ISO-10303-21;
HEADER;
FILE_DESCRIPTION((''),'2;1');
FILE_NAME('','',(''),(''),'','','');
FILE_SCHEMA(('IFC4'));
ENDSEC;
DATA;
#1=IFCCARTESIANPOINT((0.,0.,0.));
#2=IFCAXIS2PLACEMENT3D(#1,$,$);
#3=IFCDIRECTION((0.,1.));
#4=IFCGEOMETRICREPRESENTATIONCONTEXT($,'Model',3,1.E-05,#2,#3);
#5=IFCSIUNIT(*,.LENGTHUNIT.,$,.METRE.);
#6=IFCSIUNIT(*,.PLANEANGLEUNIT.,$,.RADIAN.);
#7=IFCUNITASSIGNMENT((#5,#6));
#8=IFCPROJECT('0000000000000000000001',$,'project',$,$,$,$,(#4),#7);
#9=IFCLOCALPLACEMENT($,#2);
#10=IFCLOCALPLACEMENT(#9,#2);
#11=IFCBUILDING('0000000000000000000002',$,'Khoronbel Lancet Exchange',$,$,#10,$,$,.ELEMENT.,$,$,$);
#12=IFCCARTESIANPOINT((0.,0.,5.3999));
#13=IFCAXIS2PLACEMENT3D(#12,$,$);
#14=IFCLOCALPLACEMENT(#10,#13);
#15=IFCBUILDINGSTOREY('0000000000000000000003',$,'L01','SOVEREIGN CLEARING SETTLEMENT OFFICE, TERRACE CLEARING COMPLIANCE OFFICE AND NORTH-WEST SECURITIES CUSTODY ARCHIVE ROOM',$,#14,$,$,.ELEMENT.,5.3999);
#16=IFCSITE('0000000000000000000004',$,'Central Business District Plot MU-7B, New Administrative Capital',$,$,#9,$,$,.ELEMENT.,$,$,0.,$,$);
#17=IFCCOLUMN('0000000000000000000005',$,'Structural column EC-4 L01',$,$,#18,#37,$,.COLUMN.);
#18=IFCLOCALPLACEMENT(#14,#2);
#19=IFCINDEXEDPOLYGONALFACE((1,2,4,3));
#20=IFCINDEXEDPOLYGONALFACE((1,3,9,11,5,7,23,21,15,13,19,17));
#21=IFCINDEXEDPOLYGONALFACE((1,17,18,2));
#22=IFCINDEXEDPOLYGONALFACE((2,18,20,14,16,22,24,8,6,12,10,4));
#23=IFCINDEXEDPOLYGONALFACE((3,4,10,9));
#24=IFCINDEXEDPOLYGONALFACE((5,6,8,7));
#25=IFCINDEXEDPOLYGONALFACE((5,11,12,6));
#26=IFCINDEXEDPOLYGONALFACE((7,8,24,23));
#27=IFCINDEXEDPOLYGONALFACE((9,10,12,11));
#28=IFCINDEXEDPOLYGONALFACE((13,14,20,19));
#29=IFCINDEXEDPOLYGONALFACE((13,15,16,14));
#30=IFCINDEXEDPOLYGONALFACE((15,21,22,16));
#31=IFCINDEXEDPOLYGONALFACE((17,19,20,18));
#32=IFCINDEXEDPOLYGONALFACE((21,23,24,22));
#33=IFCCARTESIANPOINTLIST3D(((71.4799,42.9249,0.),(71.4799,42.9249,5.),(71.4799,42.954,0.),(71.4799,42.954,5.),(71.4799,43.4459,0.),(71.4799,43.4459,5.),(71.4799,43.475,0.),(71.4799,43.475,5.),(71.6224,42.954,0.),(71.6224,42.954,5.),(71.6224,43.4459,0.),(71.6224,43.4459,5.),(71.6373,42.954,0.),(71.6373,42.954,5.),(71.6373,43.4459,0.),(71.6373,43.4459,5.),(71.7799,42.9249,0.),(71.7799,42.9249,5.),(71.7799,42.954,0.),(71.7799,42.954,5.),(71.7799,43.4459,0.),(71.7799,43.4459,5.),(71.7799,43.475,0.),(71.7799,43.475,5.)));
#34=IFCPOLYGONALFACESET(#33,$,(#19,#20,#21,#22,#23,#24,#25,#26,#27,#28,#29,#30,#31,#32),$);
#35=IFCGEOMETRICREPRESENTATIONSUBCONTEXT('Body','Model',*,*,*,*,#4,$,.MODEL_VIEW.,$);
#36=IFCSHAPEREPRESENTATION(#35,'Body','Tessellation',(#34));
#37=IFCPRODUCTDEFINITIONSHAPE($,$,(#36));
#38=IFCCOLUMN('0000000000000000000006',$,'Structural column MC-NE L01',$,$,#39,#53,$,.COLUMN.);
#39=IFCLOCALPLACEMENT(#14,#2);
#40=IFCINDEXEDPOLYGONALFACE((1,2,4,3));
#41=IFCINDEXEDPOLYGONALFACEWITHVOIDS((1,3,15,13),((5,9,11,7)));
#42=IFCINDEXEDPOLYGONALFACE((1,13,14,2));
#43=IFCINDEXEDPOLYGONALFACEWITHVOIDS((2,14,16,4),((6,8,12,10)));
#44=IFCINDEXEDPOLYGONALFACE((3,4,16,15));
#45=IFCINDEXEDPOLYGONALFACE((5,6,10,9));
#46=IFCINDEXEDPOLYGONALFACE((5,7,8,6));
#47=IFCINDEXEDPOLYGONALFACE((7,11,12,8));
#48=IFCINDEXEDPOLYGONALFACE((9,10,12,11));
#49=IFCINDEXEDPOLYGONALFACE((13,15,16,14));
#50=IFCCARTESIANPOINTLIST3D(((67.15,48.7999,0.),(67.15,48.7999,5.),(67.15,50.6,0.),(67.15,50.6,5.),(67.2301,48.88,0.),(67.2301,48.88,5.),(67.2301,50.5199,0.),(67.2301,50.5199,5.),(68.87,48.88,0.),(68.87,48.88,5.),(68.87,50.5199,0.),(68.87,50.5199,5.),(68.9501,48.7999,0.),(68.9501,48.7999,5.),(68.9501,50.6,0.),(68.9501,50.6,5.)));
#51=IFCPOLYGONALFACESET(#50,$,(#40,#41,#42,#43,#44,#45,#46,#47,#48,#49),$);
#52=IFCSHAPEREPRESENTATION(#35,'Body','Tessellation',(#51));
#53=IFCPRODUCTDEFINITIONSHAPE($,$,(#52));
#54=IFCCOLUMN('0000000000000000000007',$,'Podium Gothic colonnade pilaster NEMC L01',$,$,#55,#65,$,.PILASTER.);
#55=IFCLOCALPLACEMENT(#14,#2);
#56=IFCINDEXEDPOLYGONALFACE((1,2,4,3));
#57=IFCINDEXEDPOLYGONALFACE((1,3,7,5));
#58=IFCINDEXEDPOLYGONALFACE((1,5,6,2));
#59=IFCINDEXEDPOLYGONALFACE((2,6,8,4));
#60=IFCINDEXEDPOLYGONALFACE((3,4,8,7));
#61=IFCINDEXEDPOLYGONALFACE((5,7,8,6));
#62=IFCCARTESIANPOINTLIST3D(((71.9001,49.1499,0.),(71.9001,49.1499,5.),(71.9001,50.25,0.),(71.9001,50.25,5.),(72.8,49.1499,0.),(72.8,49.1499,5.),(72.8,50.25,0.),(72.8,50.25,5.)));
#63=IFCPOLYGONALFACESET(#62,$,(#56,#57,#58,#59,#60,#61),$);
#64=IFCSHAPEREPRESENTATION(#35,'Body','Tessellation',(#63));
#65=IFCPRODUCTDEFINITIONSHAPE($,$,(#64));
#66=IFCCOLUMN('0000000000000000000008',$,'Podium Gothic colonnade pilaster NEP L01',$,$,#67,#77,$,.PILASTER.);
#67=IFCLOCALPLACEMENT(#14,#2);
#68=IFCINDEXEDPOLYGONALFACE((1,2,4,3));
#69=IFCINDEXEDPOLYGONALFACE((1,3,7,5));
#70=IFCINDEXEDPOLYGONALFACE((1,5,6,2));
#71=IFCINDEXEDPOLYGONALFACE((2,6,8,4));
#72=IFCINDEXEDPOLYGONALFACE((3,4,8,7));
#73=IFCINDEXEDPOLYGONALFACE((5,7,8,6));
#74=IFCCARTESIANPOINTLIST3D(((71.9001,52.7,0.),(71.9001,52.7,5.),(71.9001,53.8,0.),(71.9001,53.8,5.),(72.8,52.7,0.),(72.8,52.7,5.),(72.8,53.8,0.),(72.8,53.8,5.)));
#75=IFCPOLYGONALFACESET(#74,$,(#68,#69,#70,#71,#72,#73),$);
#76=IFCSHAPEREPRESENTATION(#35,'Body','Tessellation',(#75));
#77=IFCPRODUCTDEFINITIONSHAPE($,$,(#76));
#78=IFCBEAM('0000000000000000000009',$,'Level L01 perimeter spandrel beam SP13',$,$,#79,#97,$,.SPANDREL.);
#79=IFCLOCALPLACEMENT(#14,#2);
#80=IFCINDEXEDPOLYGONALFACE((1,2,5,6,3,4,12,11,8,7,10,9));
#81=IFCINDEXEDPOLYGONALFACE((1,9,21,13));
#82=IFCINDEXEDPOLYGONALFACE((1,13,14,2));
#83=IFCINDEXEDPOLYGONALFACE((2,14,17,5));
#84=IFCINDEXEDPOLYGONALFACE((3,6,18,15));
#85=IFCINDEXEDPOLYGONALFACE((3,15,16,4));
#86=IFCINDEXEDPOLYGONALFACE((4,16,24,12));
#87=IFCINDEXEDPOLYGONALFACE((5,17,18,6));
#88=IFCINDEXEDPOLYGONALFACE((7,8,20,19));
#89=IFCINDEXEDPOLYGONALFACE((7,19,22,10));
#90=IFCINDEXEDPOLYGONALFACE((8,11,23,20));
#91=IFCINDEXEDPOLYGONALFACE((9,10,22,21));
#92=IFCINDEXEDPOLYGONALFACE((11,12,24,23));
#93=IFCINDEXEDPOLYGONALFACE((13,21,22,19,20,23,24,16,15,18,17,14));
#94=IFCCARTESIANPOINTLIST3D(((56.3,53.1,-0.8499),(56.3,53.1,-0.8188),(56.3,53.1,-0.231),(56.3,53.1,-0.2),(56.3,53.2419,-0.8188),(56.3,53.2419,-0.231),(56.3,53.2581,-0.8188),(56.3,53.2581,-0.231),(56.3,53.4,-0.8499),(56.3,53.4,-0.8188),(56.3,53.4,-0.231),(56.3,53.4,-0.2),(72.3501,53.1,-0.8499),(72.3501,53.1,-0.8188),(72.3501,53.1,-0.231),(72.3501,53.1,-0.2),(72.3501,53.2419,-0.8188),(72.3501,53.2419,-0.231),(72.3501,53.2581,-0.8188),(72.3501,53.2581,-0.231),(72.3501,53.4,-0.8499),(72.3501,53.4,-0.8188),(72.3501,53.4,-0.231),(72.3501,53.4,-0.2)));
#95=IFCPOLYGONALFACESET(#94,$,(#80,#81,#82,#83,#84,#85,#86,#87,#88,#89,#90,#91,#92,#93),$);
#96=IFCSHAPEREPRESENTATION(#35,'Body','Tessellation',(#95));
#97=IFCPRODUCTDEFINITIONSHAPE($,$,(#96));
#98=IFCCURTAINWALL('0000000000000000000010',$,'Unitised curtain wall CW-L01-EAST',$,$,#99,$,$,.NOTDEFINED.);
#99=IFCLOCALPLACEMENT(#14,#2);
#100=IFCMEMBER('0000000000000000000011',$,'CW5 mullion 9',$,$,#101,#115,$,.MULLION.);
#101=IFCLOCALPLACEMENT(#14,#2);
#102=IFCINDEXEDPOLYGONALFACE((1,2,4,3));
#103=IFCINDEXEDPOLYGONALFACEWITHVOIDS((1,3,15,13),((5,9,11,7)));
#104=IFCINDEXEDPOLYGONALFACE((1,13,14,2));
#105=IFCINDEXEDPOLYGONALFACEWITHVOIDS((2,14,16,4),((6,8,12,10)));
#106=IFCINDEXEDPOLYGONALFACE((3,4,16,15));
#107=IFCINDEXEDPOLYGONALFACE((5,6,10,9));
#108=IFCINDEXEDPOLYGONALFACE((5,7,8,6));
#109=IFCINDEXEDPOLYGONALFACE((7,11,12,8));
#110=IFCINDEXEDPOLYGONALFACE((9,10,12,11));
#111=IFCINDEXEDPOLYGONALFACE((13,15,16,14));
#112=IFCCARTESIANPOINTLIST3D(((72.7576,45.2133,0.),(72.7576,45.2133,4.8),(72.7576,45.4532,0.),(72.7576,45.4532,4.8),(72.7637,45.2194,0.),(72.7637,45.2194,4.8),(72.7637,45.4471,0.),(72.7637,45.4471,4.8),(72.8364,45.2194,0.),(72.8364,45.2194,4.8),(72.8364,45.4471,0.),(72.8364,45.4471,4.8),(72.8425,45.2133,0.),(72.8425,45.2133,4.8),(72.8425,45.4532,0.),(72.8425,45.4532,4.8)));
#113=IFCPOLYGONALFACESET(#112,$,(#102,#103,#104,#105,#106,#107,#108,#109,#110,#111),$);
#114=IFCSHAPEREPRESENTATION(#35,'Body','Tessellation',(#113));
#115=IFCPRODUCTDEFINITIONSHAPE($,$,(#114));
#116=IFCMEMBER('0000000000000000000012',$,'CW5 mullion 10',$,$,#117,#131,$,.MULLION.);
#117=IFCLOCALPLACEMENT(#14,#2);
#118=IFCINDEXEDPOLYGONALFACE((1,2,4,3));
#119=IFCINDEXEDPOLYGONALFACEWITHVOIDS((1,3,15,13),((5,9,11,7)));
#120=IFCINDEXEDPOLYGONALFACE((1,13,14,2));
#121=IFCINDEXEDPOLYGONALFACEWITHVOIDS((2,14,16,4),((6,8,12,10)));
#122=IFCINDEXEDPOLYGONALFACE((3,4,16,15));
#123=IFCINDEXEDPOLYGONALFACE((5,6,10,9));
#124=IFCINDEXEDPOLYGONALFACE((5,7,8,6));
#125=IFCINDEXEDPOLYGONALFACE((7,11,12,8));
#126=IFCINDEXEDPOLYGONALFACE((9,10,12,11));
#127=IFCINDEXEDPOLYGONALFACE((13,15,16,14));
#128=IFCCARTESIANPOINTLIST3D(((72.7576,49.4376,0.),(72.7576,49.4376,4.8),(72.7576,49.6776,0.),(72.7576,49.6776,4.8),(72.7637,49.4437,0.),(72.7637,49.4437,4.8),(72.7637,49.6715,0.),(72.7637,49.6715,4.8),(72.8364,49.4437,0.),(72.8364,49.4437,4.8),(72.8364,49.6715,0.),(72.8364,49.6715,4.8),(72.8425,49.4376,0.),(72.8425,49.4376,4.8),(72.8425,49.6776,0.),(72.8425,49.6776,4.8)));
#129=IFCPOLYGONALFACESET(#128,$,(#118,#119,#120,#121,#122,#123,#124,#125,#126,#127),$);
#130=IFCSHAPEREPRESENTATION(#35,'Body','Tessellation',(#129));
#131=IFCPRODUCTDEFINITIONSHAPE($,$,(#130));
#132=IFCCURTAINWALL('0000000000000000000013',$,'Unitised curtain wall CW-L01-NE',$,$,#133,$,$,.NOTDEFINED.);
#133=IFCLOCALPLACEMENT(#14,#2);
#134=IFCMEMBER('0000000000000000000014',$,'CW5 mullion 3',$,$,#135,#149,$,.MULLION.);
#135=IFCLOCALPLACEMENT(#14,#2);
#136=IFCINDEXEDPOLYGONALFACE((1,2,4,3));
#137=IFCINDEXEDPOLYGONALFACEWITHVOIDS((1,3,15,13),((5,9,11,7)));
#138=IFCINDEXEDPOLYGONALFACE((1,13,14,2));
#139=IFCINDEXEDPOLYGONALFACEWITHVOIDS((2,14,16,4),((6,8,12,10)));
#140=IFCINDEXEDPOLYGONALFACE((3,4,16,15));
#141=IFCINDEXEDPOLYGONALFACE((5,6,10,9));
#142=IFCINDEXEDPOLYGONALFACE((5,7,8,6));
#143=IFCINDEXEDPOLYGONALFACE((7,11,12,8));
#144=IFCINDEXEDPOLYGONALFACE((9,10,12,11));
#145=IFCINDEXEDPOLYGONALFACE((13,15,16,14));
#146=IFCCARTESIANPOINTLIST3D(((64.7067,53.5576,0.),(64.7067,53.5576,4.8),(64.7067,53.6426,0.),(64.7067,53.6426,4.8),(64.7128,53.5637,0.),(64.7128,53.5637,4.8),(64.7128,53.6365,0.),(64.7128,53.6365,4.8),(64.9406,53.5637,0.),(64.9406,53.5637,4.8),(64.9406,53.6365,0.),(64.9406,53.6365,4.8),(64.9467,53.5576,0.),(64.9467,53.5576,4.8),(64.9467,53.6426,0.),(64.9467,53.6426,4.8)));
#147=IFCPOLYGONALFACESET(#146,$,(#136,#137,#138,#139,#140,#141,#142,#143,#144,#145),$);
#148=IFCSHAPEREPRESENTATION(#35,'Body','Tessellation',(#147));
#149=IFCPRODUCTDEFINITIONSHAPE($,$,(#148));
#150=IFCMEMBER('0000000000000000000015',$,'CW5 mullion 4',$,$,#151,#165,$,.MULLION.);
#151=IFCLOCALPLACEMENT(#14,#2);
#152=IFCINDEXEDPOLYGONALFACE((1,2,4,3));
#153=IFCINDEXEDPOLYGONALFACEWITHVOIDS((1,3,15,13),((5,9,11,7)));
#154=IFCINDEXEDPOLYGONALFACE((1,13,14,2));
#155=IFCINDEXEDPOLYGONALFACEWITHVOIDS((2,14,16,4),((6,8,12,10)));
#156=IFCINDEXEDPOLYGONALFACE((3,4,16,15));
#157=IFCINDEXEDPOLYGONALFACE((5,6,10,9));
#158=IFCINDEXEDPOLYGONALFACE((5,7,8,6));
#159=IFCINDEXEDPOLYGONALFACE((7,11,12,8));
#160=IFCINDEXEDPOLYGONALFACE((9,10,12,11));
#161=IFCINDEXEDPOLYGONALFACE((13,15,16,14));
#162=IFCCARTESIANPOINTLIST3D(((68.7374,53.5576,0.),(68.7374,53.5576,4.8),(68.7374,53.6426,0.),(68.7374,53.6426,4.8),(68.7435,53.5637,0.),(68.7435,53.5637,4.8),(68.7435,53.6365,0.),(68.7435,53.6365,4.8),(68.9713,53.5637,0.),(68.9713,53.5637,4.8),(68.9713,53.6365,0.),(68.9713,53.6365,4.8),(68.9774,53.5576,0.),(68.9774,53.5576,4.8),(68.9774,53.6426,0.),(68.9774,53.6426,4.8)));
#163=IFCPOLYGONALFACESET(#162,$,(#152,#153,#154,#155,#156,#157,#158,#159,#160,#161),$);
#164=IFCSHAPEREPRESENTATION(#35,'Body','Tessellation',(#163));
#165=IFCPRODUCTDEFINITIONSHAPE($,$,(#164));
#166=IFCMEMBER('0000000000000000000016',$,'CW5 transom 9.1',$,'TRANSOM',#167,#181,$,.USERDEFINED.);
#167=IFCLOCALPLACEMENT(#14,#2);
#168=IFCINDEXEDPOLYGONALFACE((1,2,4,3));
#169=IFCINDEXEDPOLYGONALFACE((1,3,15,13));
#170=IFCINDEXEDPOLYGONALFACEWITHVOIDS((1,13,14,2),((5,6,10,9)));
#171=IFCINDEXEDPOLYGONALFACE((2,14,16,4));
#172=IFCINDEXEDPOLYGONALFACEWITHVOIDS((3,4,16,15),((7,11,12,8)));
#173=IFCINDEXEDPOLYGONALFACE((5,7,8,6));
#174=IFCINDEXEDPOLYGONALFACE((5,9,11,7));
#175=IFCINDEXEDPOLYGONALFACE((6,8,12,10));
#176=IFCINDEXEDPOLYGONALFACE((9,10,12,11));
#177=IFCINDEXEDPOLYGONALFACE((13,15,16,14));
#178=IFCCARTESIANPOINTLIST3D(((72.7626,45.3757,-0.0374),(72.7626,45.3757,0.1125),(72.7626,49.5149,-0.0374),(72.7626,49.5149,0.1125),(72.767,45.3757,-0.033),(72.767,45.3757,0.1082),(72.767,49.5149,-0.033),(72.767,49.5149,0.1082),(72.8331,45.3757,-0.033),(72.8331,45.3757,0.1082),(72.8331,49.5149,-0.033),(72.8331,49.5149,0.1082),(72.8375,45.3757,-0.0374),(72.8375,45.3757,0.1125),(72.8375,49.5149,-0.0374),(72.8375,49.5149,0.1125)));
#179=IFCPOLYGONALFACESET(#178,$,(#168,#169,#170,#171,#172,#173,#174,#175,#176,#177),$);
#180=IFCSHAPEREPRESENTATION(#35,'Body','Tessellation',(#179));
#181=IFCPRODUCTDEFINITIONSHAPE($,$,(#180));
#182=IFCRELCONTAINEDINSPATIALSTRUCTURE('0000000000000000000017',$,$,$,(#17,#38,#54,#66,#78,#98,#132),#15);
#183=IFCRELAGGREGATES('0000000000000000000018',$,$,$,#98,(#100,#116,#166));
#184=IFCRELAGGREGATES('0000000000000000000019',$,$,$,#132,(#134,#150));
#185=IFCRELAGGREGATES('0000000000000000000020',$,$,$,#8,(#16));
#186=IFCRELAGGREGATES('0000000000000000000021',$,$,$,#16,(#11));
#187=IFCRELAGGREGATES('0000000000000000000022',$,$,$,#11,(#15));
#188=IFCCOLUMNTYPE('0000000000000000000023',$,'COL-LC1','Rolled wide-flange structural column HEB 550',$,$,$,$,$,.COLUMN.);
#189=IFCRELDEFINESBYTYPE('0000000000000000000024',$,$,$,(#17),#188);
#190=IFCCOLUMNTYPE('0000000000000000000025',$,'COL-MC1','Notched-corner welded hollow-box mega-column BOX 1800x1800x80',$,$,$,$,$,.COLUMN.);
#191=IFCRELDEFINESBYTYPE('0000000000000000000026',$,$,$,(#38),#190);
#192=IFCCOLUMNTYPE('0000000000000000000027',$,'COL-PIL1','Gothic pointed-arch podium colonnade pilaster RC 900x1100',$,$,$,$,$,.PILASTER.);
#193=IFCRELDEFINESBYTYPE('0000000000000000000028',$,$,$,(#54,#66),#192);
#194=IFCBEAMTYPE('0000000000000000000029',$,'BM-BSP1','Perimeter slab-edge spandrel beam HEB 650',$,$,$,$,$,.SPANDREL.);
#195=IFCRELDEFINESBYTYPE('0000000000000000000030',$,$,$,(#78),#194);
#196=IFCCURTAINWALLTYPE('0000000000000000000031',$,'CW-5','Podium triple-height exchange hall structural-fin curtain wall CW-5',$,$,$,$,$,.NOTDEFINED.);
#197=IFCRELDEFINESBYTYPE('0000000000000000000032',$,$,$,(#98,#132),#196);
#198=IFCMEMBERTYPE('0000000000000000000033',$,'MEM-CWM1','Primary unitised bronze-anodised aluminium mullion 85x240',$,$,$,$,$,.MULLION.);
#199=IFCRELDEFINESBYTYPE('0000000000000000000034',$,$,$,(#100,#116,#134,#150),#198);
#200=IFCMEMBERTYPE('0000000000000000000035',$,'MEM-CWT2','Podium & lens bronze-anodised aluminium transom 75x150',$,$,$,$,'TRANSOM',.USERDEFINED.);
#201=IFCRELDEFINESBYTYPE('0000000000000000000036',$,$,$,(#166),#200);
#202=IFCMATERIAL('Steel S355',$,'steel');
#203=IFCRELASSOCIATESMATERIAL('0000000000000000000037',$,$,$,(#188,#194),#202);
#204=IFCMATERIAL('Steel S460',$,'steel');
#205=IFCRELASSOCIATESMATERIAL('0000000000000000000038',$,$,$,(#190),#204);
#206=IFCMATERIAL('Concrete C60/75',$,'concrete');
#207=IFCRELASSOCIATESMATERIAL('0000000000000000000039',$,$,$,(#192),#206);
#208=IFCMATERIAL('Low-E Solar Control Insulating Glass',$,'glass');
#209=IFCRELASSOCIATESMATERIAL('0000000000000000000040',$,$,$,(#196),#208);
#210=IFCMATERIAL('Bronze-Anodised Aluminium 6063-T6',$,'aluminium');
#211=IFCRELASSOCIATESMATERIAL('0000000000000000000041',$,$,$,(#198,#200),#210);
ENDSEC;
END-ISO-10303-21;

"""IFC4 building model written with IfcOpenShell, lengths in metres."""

from ifc_helpers import new_model, si_unit, direction, frame, origin, origin_2d, place, context, subcontext, project, spatial, rectangle, hollow_rectangle, i_section, extrude, material, material_profile, profile_set, type_object, element, aggregate, save


model = new_model("IFC4")

# Units and contexts
model_context = context("Model", 3, precision=1e-05, world=origin(), true_north=direction((0.0, 1.0)))
body_context = subcontext(model_context, "Body", "Model", "MODEL_VIEW")
ifc_project = project(units=[si_unit("LENGTHUNIT", "METRE"), si_unit("PLANEANGLEUNIT", "RADIAN")], contexts=[model_context])

# Site, building, storey
site_placement = place(None, origin())
site = spatial("IfcSite", under=ifc_project, at=site_placement, Name="Central Business District Plot MU-7B, New Administrative Capital", CompositionType="ELEMENT", RefElevation=0.0)
building_placement = place(site_placement, origin())
building = spatial("IfcBuilding", under=site, at=building_placement, Name="Khoronbel Lancet Exchange", CompositionType="ELEMENT")
storey_placement = place(building_placement, frame((0.0, 0.0, 5.3999)))
storey = spatial("IfcBuildingStorey", under=building, at=storey_placement, Name="L01", Description="SOVEREIGN CLEARING SETTLEMENT OFFICE, TERRACE CLEARING COMPLIANCE OFFICE AND NORTH-WEST SECURITIES CUSTODY ARCHIVE ROOM", CompositionType="ELEMENT", Elevation=5.3999)

# Columns
ifc_material_1 = material(Name="Steel S355", Category="steel")
ifc_material_profile_1 = material_profile(ifc_material_1, i_section(OverallWidth=0.3, OverallDepth=0.55, WebThickness=0.0149, FlangeThickness=0.0291, at=origin_2d()), Name="HEB 550")
ifc_profile_set_1 = profile_set([ifc_material_profile_1], Name="Steel S355")
column_type_1 = type_object("IfcColumnType", Name="COL-LC1", Description="Rolled wide-flange structural column HEB 550", PredefinedType="COLUMN", material=ifc_profile_set_1)
column_1_placement = place(storey_placement, frame((71.6299, 43.2, 0.0), z_axis=(0.0, 0.0, 1.0), x_axis=(1.0, 0.0, 0.0)))
element("IfcColumn", 1, at=column_1_placement, inside=storey, type_object=column_type_1, Name="Structural column EC-4 L01", PredefinedType="COLUMN", context=body_context, shape_type="SweptSolid", body=[
    extrude(i_section(OverallWidth=0.3, OverallDepth=0.55, WebThickness=0.0149, FlangeThickness=0.0291, at=origin_2d()), origin(), (0.0, 0.0, 1.0), 5.0),
])
ifc_material_2 = material(Name="Steel S460", Category="steel")
ifc_material_profile_2 = material_profile(ifc_material_2, hollow_rectangle(XDim=1.8, YDim=1.8, WallThickness=0.0801, at=origin_2d()), Name="BOX 1800x1800x80")
ifc_profile_set_2 = profile_set([ifc_material_profile_2], Name="Steel S460")
column_type_2 = type_object("IfcColumnType", Name="COL-MC1", Description="Notched-corner welded hollow-box mega-column BOX 1800x1800x80", PredefinedType="COLUMN", material=ifc_profile_set_2)
column_2_placement = place(storey_placement, frame((68.05, 49.7, 0.0), z_axis=(0.0, 0.0, 1.0), x_axis=(1.0, 0.0, 0.0)))
element("IfcColumn", 2, at=column_2_placement, inside=storey, type_object=column_type_2, Name="Structural column MC-NE L01", PredefinedType="COLUMN", context=body_context, shape_type="SweptSolid", body=[
    extrude(hollow_rectangle(XDim=1.8, YDim=1.8, WallThickness=0.0801, at=origin_2d()), origin(), (0.0, 0.0, 1.0), 5.0),
])
ifc_material_3 = material(Name="Concrete C60/75", Category="concrete")
ifc_material_profile_3 = material_profile(ifc_material_3, rectangle(XDim=0.8999, YDim=1.1001, at=origin_2d()), Name="RC 900x1100")
ifc_profile_set_3 = profile_set([ifc_material_profile_3], Name="Concrete C60/75")
column_type_3 = type_object("IfcColumnType", Name="COL-PIL1", Description="Gothic pointed-arch podium colonnade pilaster RC 900x1100", PredefinedType="PILASTER", material=ifc_profile_set_3)
for number, where, z_axis, x_axis, name in (
    (3, (72.3501, 49.7, 0.0), (0.0, 0.0, 1.0), (1.0, 0.0, 0.0), "Podium Gothic colonnade pilaster NEMC L01"),
    (4, (72.3501, 53.25, 0.0), (0.0, 0.0, 1.0), (1.0, 0.0, 0.0), "Podium Gothic colonnade pilaster NEP L01"),
):
    element("IfcColumn", number, at=place(storey_placement, frame(where, z_axis=z_axis, x_axis=x_axis)), inside=storey, type_object=column_type_3, Name=name, PredefinedType="PILASTER", context=body_context, shape_type="SweptSolid", body=[
        extrude(rectangle(XDim=0.8999, YDim=1.1001, at=origin_2d()), origin(), (0.0, 0.0, 1.0), 5.0),
    ])

# Beam
ifc_material_profile_4 = material_profile(ifc_material_1, i_section(OverallWidth=0.3, OverallDepth=0.6499, WebThickness=0.0161, FlangeThickness=0.031, at=origin_2d()), Name="HEB 650")
ifc_profile_set_4 = profile_set([ifc_material_profile_4], Name="Steel S355")
beam_type = type_object("IfcBeamType", Name="BM-BSP1", Description="Perimeter slab-edge spandrel beam HEB 650", PredefinedType="SPANDREL", material=ifc_profile_set_4)
beam_placement = place(storey_placement, frame((72.3501, 53.25, -0.5249), z_axis=(-1.0, 0.0, 0.0), x_axis=(0.0, -1.0, 0.0)))
element("IfcBeam", 5, at=beam_placement, inside=storey, type_object=beam_type, Name="Level L01 perimeter spandrel beam SP13", PredefinedType="SPANDREL", context=body_context, shape_type="SweptSolid", body=[
    extrude(i_section(OverallWidth=0.3, OverallDepth=0.6499, WebThickness=0.0161, FlangeThickness=0.031, at=origin_2d()), origin(), (0.0, 0.0, 1.0), 16.05),
])

# Curtain walls, members
ifc_material_4 = material(Name="Low-E Solar Control Insulating Glass", Category="glass")
curtain_wall_type = type_object("IfcCurtainWallType", Name="CW-5", Description="Podium triple-height exchange hall structural-fin curtain wall CW-5", PredefinedType="NOTDEFINED", material=ifc_material_4)
curtain_wall_1_placement = place(storey_placement, origin())
curtain_wall_1 = element("IfcCurtainWall", 6, at=curtain_wall_1_placement, inside=storey, type_object=curtain_wall_type, Name="Unitised curtain wall CW-L01-EAST", PredefinedType="NOTDEFINED")
ifc_material_5 = material(Name="Bronze-Anodised Aluminium 6063-T6", Category="aluminium")
ifc_material_profile_5 = material_profile(ifc_material_5, hollow_rectangle(XDim=0.085, YDim=0.24, WallThickness=0.0061, at=origin_2d()), Name="ALU MULLION 85x240")
ifc_profile_set_5 = profile_set([ifc_material_profile_5], Name="Bronze-Anodised Aluminium 6063-T6")
member_type_1 = type_object("IfcMemberType", Name="MEM-CWM1", Description="Primary unitised bronze-anodised aluminium mullion 85x240", PredefinedType="MULLION", material=ifc_profile_set_5)
member_1_placement = place(storey_placement, frame((72.8, 45.3333, 0.0), z_axis=(0.0, 0.0, 1.0), x_axis=(-1.0, 0.0, 0.0)))
member_1 = element("IfcMember", 7, at=member_1_placement, type_object=member_type_1, Name="CW5 mullion 9", PredefinedType="MULLION", context=body_context, shape_type="SweptSolid", body=[
    extrude(hollow_rectangle(XDim=0.085, YDim=0.24, WallThickness=0.0061, at=origin_2d()), origin(), (0.0, 0.0, 1.0), 4.8),
])
member_2_placement = place(storey_placement, frame((72.8, 49.5576, 0.0), z_axis=(0.0, 0.0, 1.0), x_axis=(-1.0, 0.0, 0.0)))
member_2 = element("IfcMember", 8, at=member_2_placement, type_object=member_type_1, Name="CW5 mullion 10", PredefinedType="MULLION", context=body_context, shape_type="SweptSolid", body=[
    extrude(hollow_rectangle(XDim=0.085, YDim=0.24, WallThickness=0.0061, at=origin_2d()), origin(), (0.0, 0.0, 1.0), 4.8),
])
curtain_wall_2_placement = place(storey_placement, origin())
curtain_wall_2 = element("IfcCurtainWall", 9, at=curtain_wall_2_placement, inside=storey, type_object=curtain_wall_type, Name="Unitised curtain wall CW-L01-NE", PredefinedType="NOTDEFINED")
member_3_placement = place(storey_placement, frame((64.8267, 53.6001, 0.0), z_axis=(0.0, 0.0, 1.0), x_axis=(0.0, 1.0, 0.0)))
member_3 = element("IfcMember", 10, at=member_3_placement, type_object=member_type_1, Name="CW5 mullion 3", PredefinedType="MULLION", context=body_context, shape_type="SweptSolid", body=[
    extrude(hollow_rectangle(XDim=0.085, YDim=0.24, WallThickness=0.0061, at=origin_2d()), origin(), (0.0, 0.0, 1.0), 4.8),
])
member_4_placement = place(storey_placement, frame((68.8574, 53.6001, 0.0), z_axis=(0.0, 0.0, 1.0), x_axis=(0.0, 1.0, 0.0)))
member_4 = element("IfcMember", 11, at=member_4_placement, type_object=member_type_1, Name="CW5 mullion 4", PredefinedType="MULLION", context=body_context, shape_type="SweptSolid", body=[
    extrude(hollow_rectangle(XDim=0.085, YDim=0.24, WallThickness=0.0061, at=origin_2d()), origin(), (0.0, 0.0, 1.0), 4.8),
])

# Member
ifc_material_profile_6 = material_profile(ifc_material_5, hollow_rectangle(XDim=0.075, YDim=0.1499, WallThickness=0.0044, at=origin_2d()), Name="ALU TRANSOM 75x150")
ifc_profile_set_6 = profile_set([ifc_material_profile_6], Name="Bronze-Anodised Aluminium 6063-T6")
member_type_2 = type_object("IfcMemberType", Name="MEM-CWT2", Description="Podium & lens bronze-anodised aluminium transom 75x150", ElementType="TRANSOM", PredefinedType="USERDEFINED", material=ifc_profile_set_6)
member_5_placement = place(storey_placement, frame((72.8, 45.3757, 0.0376), z_axis=(0.0, 1.0, 0.0), x_axis=(-1.0, 0.0, 0.0)))
member_5 = element("IfcMember", 12, at=member_5_placement, type_object=member_type_2, Name="CW5 transom 9.1", ObjectType="TRANSOM", PredefinedType="USERDEFINED", context=body_context, shape_type="SweptSolid", body=[
    extrude(hollow_rectangle(XDim=0.075, YDim=0.1499, WallThickness=0.0044, at=origin_2d()), origin(), (0.0, 0.0, 1.0), 4.1392),
])

aggregate(curtain_wall_1, [member_1, member_2, member_5])
aggregate(curtain_wall_2, [member_3, member_4])

save(model, "model.ifc")
